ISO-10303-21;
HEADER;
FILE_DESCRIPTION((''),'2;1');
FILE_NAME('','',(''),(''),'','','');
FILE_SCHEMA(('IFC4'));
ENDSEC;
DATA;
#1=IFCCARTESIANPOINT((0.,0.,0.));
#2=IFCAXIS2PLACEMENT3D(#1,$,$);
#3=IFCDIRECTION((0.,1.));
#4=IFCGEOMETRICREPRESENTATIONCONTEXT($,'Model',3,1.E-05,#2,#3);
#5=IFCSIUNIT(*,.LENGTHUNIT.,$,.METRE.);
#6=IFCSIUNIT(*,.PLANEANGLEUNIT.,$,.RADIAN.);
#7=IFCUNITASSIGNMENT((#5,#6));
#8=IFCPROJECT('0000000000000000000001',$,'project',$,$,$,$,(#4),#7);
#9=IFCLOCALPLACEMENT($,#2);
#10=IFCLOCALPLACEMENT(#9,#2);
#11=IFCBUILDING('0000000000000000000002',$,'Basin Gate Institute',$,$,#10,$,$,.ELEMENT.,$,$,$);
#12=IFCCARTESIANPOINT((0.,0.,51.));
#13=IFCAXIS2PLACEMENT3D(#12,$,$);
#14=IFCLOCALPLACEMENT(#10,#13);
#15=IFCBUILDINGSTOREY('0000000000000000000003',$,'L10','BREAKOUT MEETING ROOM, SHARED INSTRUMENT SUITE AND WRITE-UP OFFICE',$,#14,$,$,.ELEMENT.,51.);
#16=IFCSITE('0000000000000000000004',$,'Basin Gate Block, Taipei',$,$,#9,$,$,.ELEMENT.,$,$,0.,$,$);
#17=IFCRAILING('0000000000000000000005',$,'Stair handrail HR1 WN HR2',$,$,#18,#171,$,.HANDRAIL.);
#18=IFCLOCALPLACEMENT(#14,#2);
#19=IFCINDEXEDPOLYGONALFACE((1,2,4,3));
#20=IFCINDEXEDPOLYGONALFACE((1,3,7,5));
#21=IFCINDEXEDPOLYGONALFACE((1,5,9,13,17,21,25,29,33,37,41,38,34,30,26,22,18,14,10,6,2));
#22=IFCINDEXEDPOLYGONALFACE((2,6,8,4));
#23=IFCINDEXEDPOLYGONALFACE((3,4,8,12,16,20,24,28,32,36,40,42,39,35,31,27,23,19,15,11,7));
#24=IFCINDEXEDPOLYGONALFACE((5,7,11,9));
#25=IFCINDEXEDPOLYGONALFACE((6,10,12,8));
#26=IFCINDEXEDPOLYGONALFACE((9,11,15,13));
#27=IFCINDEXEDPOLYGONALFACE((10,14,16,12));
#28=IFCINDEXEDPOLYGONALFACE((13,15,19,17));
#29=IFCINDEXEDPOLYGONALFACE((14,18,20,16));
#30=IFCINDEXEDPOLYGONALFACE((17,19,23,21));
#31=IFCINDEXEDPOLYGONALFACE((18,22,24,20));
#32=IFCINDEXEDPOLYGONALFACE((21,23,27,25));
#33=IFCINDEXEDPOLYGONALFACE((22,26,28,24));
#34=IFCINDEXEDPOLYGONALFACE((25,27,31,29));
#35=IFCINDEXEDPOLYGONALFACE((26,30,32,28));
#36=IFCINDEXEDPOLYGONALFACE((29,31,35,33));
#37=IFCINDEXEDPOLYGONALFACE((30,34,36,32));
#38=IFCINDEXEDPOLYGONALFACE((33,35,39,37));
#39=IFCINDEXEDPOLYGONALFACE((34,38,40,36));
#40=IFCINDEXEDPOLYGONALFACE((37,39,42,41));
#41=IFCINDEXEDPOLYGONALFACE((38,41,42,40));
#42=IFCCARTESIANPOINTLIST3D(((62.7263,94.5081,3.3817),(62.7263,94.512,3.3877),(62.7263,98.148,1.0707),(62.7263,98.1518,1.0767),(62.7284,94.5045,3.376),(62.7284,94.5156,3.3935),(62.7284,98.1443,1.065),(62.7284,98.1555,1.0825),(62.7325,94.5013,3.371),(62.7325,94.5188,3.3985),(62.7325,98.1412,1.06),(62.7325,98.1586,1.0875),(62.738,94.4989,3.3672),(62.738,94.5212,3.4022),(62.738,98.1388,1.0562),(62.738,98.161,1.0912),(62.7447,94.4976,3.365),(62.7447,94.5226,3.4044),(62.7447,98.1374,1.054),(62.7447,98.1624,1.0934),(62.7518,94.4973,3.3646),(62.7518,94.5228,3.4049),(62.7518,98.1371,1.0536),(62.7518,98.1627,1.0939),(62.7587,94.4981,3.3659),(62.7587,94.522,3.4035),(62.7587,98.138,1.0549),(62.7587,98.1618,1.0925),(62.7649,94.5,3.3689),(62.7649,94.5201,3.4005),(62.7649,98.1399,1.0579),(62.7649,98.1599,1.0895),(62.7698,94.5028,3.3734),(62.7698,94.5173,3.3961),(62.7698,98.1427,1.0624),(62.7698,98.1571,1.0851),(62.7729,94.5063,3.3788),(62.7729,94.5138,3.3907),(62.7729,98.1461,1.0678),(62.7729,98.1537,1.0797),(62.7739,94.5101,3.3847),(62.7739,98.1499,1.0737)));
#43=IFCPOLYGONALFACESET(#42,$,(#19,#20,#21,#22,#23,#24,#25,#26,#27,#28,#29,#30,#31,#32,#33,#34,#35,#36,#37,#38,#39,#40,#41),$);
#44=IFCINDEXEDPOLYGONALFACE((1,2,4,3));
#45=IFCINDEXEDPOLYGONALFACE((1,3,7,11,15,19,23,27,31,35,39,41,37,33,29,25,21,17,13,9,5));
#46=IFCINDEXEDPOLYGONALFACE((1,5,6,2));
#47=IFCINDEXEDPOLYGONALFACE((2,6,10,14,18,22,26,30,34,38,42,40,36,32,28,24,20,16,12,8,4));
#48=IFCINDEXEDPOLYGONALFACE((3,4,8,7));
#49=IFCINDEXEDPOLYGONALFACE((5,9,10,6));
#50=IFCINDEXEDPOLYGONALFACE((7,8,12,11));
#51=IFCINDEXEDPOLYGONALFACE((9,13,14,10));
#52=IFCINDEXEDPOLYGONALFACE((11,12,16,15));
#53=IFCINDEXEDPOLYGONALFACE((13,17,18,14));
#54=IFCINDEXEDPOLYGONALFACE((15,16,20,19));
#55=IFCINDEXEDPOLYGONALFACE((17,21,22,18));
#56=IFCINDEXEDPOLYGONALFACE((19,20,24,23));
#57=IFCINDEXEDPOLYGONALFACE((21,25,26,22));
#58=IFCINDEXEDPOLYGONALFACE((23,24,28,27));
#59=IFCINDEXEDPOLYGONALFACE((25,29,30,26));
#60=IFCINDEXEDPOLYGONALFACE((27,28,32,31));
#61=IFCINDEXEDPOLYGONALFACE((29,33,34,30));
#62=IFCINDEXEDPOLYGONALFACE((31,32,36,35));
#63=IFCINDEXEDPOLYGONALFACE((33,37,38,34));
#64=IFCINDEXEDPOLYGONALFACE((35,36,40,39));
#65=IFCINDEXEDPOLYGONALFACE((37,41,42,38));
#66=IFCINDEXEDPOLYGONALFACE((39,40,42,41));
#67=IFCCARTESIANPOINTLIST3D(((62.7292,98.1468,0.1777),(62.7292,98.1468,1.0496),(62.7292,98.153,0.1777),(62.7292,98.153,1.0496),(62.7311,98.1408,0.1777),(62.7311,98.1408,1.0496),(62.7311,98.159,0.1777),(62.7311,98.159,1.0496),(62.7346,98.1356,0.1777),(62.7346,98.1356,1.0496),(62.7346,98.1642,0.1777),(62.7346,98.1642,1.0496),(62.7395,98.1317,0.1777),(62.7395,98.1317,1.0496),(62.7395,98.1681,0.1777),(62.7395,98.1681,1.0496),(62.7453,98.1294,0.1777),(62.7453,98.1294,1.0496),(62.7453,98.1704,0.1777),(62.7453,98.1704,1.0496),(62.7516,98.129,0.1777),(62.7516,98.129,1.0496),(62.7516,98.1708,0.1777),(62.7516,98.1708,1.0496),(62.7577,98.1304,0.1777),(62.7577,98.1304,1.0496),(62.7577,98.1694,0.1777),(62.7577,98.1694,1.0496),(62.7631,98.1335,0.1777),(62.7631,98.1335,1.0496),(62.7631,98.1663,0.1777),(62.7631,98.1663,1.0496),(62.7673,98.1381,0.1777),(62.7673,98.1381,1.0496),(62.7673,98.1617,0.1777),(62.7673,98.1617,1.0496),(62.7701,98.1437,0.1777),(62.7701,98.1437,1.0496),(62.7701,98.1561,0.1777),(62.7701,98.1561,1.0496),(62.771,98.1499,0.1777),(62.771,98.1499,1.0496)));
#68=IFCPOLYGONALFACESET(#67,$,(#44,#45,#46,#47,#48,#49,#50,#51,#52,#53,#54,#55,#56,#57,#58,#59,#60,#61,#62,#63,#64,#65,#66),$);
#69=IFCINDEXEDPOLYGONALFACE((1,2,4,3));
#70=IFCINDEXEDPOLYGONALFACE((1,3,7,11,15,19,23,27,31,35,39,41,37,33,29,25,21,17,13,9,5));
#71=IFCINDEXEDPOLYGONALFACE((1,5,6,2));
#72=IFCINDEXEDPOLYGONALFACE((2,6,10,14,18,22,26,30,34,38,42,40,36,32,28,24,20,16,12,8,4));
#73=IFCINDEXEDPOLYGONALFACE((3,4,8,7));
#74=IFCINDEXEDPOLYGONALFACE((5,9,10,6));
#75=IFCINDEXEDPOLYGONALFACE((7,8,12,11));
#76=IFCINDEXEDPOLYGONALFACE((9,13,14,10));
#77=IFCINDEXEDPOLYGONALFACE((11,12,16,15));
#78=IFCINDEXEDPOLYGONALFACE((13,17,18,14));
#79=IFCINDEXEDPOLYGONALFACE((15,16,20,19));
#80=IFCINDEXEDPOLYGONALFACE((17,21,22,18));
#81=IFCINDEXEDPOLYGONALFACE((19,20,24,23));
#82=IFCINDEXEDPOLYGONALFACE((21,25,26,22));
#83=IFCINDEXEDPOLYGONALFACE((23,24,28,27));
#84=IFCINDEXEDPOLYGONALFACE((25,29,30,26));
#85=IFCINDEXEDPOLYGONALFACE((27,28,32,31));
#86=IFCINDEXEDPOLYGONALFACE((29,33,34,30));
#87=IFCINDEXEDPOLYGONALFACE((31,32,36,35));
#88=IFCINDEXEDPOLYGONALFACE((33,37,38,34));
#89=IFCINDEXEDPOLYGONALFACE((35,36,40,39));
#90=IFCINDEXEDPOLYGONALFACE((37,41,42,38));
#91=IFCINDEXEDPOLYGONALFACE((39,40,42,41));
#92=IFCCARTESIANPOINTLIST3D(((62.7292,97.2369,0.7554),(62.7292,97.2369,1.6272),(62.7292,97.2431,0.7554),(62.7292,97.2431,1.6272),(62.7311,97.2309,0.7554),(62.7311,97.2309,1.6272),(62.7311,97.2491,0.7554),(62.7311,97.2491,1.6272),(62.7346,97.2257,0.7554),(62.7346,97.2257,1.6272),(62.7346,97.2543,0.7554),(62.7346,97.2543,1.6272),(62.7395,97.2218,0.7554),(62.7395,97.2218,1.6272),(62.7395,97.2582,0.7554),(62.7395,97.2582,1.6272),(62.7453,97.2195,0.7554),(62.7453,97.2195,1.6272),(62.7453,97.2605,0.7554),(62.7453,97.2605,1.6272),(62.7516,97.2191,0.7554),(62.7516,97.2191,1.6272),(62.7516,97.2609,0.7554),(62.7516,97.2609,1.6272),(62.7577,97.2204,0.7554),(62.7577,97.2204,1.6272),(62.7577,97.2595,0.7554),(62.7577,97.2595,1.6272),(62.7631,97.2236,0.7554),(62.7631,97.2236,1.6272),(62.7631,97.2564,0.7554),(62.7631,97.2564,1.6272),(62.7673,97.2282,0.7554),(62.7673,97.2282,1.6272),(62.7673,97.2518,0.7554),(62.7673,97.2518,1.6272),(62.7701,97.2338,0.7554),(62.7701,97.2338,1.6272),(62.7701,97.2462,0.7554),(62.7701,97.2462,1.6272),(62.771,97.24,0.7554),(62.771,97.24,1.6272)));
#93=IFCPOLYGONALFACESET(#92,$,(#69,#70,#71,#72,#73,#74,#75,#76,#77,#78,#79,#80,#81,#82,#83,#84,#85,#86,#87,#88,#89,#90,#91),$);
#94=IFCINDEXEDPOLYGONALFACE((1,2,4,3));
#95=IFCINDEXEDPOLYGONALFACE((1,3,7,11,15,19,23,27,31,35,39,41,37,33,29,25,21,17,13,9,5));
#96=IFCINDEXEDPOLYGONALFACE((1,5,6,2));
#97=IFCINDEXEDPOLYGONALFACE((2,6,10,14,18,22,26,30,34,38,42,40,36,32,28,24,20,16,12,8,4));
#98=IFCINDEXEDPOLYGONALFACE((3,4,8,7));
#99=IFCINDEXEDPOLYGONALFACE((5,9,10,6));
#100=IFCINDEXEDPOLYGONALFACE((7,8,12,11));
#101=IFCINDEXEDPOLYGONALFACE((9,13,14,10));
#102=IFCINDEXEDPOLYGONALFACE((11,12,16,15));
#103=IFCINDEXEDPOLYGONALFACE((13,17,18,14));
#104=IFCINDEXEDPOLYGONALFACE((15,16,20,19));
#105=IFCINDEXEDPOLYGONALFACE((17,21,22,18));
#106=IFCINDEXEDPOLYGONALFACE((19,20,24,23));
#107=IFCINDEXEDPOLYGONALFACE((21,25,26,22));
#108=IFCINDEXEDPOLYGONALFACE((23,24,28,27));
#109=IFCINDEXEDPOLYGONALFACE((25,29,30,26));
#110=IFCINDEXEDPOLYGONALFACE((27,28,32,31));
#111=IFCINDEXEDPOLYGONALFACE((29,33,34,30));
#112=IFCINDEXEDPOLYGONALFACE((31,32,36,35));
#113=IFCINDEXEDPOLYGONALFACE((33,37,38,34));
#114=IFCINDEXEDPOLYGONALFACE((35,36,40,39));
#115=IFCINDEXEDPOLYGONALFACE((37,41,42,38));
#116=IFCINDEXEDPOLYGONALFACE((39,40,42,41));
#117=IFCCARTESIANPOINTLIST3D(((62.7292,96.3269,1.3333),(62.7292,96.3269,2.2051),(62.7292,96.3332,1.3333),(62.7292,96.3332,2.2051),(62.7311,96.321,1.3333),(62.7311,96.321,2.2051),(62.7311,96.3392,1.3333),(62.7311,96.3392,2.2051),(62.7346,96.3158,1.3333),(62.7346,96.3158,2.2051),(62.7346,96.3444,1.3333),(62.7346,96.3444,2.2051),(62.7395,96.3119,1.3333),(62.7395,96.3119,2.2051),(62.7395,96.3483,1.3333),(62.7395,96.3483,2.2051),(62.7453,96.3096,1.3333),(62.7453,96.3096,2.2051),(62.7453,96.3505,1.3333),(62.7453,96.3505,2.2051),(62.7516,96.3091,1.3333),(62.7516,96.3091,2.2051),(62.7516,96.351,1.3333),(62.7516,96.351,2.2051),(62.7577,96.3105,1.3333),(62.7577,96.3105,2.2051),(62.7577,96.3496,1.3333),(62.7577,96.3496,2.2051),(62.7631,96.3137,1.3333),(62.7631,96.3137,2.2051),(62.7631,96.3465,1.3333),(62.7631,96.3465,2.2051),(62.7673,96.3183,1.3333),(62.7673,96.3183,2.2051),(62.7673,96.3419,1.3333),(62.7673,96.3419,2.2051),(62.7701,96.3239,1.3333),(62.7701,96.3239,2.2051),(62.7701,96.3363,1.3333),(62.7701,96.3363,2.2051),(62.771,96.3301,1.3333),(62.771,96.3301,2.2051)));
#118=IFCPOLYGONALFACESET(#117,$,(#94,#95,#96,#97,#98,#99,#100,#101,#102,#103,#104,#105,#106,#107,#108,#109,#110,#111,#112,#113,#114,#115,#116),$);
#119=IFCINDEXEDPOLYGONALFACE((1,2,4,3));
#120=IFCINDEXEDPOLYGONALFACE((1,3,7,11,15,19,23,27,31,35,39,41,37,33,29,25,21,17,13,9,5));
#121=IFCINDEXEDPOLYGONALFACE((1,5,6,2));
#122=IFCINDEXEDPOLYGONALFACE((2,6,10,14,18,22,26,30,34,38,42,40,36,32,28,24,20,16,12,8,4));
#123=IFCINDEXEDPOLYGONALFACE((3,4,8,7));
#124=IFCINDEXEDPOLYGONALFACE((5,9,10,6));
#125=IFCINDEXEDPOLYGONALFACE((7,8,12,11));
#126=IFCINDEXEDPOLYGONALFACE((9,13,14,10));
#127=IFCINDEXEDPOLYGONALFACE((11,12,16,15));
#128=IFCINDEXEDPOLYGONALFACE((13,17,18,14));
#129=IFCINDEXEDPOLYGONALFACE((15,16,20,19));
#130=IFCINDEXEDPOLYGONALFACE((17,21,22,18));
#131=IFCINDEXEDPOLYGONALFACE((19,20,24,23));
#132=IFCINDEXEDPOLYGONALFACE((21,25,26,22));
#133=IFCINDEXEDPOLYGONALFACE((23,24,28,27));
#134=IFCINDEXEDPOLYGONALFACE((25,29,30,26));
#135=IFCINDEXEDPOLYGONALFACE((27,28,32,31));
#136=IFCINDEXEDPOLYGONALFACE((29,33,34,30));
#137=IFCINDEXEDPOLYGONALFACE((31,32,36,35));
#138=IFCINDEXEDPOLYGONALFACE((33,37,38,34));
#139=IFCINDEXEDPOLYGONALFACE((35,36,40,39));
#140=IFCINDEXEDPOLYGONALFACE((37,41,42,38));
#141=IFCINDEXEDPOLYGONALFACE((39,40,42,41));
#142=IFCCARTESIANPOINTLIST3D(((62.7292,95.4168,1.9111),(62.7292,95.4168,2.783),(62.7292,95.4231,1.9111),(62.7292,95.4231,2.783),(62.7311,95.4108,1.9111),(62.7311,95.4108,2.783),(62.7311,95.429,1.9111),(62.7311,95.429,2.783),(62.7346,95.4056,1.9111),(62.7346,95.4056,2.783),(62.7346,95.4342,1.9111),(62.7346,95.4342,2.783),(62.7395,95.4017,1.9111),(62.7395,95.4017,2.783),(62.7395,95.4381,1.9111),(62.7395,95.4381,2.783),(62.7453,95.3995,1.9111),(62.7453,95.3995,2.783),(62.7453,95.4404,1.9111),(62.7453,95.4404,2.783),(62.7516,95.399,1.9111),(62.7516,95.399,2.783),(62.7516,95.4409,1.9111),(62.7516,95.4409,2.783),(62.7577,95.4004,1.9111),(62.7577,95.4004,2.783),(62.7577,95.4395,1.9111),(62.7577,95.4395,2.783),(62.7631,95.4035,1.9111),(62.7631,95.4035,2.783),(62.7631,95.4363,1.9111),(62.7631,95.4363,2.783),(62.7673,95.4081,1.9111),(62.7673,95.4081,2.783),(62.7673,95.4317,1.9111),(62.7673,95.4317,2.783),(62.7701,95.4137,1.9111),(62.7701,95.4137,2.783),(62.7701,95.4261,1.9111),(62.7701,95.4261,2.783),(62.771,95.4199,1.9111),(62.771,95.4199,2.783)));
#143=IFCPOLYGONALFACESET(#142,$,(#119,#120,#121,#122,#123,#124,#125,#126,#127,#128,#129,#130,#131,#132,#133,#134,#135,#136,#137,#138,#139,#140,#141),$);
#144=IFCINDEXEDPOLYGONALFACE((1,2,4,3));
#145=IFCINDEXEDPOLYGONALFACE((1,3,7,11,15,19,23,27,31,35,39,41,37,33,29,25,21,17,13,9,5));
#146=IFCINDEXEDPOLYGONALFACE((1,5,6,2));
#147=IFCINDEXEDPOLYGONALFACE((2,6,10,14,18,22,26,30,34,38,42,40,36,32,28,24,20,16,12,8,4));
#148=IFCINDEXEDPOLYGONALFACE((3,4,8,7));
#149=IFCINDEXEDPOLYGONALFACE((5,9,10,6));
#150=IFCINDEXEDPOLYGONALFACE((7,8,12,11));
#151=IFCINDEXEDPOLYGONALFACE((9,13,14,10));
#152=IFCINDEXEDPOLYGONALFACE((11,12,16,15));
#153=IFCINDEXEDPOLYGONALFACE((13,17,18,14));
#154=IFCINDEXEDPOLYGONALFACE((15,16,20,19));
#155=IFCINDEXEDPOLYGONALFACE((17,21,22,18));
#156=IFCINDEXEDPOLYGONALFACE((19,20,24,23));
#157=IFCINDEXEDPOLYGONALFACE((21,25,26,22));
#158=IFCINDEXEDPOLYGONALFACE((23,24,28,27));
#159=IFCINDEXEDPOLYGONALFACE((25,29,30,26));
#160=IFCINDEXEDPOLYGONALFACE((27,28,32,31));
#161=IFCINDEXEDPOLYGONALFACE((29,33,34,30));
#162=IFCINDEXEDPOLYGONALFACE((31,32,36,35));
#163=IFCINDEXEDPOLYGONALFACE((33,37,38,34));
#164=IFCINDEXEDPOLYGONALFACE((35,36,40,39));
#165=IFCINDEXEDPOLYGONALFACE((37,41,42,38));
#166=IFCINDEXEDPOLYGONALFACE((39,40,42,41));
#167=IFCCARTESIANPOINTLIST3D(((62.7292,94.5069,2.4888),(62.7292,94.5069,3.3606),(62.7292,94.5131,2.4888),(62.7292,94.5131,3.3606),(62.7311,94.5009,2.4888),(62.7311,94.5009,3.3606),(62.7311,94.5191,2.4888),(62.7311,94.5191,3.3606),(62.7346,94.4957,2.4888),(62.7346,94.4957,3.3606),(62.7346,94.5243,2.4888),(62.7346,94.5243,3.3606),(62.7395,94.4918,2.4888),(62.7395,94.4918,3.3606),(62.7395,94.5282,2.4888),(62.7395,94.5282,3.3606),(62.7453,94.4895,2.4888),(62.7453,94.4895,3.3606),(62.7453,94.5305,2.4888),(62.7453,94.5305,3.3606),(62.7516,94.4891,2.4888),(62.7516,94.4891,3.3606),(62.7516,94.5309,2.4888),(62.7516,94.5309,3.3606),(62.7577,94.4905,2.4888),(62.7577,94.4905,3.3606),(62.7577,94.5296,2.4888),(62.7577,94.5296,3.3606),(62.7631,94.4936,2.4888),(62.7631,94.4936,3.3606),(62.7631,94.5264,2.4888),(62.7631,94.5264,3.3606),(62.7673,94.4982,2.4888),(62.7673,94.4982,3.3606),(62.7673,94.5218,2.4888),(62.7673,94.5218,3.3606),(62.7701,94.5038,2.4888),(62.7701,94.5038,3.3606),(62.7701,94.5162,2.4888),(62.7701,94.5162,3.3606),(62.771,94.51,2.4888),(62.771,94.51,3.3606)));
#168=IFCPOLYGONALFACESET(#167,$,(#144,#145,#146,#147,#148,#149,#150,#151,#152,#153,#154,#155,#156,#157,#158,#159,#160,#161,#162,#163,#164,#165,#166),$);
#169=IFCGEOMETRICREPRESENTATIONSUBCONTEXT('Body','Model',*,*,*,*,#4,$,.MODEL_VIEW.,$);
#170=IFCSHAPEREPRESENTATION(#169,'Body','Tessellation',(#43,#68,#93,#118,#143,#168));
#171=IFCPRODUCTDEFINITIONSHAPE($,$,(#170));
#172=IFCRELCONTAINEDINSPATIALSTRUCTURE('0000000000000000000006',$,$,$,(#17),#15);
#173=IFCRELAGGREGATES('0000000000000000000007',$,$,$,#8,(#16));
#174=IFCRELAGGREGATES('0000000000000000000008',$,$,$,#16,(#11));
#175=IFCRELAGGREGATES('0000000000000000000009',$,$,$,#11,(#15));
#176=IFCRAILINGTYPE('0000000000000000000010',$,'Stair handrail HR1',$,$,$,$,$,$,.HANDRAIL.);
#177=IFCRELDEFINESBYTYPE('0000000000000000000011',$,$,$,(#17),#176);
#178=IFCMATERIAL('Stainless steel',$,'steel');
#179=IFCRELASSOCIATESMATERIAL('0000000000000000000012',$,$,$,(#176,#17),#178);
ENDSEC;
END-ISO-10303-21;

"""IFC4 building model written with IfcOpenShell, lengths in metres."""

from ifc_helpers import new_model, si_unit, direction, frame, origin, origin_2d, place, context, subcontext, project, spatial, circle, extrude, material, type_object, element, save


model = new_model("IFC4")

# Units and contexts
model_context = context("Model", 3, precision=1e-05, world=origin(), true_north=direction((0.0, 1.0)))
body_context = subcontext(model_context, "Body", "Model", "MODEL_VIEW")
ifc_project = project(units=[si_unit("LENGTHUNIT", "METRE"), si_unit("PLANEANGLEUNIT", "RADIAN")], contexts=[model_context])

# Site, building, storey
site_placement = place(None, origin())
site = spatial("IfcSite", under=ifc_project, at=site_placement, Name="Basin Gate Block, Taipei", CompositionType="ELEMENT", RefElevation=0.0)
building_placement = place(site_placement, origin())
building = spatial("IfcBuilding", under=site, at=building_placement, Name="Basin Gate Institute", CompositionType="ELEMENT")
storey_placement = place(building_placement, frame((0.0, 0.0, 51.0)))
storey = spatial("IfcBuildingStorey", under=building, at=storey_placement, Name="L10", Description="BREAKOUT MEETING ROOM, SHARED INSTRUMENT SUITE AND WRITE-UP OFFICE", CompositionType="ELEMENT", Elevation=51.0)

# Railing
ifc_material_1 = material(Name="Stainless steel", Category="steel")
railing_type_1 = type_object("IfcRailingType", Name="Stair handrail HR1", PredefinedType="HANDRAIL", material=ifc_material_1)
for number, where, name in (
    (1, (62.75, 98.1499, 0.1777), "Stair handrail HR1 WN HR2"),
):
    element("IfcRailing", number, at=place(storey_placement, frame(where)), inside=storey, type_object=railing_type_1, material=ifc_material_1, Name=name, PredefinedType="HANDRAIL", context=body_context, shape_type="SweptSolid", body=[
        extrude(circle(Radius=0.0239, at=origin_2d()), frame((0.0, 0.0, 0.896), z_axis=(0.0, -0.844214, 0.536007), x_axis=(1.0, 0.0, 0.0)), (0.0, 0.0, 1.0), 4.3115),
        extrude(circle(Radius=0.021, at=origin_2d()), origin(), (0.0, 0.0, 1.0), 0.8718),
        extrude(circle(Radius=0.021, at=origin_2d()), frame((0.0, -0.9099, 0.5776)), (0.0, 0.0, 1.0), 0.8718),
        extrude(circle(Radius=0.021, at=origin_2d()), frame((0.0, -1.8198, 1.1555)), (0.0, 0.0, 1.0), 0.8718),
        extrude(circle(Radius=0.021, at=origin_2d()), frame((0.0, -2.73, 1.7334)), (0.0, 0.0, 1.0), 0.8718),
        extrude(circle(Radius=0.021, at=origin_2d()), frame((0.0, -3.6399, 2.311)), (0.0, 0.0, 1.0), 0.8718),
    ])

save(model, "model.ifc")
